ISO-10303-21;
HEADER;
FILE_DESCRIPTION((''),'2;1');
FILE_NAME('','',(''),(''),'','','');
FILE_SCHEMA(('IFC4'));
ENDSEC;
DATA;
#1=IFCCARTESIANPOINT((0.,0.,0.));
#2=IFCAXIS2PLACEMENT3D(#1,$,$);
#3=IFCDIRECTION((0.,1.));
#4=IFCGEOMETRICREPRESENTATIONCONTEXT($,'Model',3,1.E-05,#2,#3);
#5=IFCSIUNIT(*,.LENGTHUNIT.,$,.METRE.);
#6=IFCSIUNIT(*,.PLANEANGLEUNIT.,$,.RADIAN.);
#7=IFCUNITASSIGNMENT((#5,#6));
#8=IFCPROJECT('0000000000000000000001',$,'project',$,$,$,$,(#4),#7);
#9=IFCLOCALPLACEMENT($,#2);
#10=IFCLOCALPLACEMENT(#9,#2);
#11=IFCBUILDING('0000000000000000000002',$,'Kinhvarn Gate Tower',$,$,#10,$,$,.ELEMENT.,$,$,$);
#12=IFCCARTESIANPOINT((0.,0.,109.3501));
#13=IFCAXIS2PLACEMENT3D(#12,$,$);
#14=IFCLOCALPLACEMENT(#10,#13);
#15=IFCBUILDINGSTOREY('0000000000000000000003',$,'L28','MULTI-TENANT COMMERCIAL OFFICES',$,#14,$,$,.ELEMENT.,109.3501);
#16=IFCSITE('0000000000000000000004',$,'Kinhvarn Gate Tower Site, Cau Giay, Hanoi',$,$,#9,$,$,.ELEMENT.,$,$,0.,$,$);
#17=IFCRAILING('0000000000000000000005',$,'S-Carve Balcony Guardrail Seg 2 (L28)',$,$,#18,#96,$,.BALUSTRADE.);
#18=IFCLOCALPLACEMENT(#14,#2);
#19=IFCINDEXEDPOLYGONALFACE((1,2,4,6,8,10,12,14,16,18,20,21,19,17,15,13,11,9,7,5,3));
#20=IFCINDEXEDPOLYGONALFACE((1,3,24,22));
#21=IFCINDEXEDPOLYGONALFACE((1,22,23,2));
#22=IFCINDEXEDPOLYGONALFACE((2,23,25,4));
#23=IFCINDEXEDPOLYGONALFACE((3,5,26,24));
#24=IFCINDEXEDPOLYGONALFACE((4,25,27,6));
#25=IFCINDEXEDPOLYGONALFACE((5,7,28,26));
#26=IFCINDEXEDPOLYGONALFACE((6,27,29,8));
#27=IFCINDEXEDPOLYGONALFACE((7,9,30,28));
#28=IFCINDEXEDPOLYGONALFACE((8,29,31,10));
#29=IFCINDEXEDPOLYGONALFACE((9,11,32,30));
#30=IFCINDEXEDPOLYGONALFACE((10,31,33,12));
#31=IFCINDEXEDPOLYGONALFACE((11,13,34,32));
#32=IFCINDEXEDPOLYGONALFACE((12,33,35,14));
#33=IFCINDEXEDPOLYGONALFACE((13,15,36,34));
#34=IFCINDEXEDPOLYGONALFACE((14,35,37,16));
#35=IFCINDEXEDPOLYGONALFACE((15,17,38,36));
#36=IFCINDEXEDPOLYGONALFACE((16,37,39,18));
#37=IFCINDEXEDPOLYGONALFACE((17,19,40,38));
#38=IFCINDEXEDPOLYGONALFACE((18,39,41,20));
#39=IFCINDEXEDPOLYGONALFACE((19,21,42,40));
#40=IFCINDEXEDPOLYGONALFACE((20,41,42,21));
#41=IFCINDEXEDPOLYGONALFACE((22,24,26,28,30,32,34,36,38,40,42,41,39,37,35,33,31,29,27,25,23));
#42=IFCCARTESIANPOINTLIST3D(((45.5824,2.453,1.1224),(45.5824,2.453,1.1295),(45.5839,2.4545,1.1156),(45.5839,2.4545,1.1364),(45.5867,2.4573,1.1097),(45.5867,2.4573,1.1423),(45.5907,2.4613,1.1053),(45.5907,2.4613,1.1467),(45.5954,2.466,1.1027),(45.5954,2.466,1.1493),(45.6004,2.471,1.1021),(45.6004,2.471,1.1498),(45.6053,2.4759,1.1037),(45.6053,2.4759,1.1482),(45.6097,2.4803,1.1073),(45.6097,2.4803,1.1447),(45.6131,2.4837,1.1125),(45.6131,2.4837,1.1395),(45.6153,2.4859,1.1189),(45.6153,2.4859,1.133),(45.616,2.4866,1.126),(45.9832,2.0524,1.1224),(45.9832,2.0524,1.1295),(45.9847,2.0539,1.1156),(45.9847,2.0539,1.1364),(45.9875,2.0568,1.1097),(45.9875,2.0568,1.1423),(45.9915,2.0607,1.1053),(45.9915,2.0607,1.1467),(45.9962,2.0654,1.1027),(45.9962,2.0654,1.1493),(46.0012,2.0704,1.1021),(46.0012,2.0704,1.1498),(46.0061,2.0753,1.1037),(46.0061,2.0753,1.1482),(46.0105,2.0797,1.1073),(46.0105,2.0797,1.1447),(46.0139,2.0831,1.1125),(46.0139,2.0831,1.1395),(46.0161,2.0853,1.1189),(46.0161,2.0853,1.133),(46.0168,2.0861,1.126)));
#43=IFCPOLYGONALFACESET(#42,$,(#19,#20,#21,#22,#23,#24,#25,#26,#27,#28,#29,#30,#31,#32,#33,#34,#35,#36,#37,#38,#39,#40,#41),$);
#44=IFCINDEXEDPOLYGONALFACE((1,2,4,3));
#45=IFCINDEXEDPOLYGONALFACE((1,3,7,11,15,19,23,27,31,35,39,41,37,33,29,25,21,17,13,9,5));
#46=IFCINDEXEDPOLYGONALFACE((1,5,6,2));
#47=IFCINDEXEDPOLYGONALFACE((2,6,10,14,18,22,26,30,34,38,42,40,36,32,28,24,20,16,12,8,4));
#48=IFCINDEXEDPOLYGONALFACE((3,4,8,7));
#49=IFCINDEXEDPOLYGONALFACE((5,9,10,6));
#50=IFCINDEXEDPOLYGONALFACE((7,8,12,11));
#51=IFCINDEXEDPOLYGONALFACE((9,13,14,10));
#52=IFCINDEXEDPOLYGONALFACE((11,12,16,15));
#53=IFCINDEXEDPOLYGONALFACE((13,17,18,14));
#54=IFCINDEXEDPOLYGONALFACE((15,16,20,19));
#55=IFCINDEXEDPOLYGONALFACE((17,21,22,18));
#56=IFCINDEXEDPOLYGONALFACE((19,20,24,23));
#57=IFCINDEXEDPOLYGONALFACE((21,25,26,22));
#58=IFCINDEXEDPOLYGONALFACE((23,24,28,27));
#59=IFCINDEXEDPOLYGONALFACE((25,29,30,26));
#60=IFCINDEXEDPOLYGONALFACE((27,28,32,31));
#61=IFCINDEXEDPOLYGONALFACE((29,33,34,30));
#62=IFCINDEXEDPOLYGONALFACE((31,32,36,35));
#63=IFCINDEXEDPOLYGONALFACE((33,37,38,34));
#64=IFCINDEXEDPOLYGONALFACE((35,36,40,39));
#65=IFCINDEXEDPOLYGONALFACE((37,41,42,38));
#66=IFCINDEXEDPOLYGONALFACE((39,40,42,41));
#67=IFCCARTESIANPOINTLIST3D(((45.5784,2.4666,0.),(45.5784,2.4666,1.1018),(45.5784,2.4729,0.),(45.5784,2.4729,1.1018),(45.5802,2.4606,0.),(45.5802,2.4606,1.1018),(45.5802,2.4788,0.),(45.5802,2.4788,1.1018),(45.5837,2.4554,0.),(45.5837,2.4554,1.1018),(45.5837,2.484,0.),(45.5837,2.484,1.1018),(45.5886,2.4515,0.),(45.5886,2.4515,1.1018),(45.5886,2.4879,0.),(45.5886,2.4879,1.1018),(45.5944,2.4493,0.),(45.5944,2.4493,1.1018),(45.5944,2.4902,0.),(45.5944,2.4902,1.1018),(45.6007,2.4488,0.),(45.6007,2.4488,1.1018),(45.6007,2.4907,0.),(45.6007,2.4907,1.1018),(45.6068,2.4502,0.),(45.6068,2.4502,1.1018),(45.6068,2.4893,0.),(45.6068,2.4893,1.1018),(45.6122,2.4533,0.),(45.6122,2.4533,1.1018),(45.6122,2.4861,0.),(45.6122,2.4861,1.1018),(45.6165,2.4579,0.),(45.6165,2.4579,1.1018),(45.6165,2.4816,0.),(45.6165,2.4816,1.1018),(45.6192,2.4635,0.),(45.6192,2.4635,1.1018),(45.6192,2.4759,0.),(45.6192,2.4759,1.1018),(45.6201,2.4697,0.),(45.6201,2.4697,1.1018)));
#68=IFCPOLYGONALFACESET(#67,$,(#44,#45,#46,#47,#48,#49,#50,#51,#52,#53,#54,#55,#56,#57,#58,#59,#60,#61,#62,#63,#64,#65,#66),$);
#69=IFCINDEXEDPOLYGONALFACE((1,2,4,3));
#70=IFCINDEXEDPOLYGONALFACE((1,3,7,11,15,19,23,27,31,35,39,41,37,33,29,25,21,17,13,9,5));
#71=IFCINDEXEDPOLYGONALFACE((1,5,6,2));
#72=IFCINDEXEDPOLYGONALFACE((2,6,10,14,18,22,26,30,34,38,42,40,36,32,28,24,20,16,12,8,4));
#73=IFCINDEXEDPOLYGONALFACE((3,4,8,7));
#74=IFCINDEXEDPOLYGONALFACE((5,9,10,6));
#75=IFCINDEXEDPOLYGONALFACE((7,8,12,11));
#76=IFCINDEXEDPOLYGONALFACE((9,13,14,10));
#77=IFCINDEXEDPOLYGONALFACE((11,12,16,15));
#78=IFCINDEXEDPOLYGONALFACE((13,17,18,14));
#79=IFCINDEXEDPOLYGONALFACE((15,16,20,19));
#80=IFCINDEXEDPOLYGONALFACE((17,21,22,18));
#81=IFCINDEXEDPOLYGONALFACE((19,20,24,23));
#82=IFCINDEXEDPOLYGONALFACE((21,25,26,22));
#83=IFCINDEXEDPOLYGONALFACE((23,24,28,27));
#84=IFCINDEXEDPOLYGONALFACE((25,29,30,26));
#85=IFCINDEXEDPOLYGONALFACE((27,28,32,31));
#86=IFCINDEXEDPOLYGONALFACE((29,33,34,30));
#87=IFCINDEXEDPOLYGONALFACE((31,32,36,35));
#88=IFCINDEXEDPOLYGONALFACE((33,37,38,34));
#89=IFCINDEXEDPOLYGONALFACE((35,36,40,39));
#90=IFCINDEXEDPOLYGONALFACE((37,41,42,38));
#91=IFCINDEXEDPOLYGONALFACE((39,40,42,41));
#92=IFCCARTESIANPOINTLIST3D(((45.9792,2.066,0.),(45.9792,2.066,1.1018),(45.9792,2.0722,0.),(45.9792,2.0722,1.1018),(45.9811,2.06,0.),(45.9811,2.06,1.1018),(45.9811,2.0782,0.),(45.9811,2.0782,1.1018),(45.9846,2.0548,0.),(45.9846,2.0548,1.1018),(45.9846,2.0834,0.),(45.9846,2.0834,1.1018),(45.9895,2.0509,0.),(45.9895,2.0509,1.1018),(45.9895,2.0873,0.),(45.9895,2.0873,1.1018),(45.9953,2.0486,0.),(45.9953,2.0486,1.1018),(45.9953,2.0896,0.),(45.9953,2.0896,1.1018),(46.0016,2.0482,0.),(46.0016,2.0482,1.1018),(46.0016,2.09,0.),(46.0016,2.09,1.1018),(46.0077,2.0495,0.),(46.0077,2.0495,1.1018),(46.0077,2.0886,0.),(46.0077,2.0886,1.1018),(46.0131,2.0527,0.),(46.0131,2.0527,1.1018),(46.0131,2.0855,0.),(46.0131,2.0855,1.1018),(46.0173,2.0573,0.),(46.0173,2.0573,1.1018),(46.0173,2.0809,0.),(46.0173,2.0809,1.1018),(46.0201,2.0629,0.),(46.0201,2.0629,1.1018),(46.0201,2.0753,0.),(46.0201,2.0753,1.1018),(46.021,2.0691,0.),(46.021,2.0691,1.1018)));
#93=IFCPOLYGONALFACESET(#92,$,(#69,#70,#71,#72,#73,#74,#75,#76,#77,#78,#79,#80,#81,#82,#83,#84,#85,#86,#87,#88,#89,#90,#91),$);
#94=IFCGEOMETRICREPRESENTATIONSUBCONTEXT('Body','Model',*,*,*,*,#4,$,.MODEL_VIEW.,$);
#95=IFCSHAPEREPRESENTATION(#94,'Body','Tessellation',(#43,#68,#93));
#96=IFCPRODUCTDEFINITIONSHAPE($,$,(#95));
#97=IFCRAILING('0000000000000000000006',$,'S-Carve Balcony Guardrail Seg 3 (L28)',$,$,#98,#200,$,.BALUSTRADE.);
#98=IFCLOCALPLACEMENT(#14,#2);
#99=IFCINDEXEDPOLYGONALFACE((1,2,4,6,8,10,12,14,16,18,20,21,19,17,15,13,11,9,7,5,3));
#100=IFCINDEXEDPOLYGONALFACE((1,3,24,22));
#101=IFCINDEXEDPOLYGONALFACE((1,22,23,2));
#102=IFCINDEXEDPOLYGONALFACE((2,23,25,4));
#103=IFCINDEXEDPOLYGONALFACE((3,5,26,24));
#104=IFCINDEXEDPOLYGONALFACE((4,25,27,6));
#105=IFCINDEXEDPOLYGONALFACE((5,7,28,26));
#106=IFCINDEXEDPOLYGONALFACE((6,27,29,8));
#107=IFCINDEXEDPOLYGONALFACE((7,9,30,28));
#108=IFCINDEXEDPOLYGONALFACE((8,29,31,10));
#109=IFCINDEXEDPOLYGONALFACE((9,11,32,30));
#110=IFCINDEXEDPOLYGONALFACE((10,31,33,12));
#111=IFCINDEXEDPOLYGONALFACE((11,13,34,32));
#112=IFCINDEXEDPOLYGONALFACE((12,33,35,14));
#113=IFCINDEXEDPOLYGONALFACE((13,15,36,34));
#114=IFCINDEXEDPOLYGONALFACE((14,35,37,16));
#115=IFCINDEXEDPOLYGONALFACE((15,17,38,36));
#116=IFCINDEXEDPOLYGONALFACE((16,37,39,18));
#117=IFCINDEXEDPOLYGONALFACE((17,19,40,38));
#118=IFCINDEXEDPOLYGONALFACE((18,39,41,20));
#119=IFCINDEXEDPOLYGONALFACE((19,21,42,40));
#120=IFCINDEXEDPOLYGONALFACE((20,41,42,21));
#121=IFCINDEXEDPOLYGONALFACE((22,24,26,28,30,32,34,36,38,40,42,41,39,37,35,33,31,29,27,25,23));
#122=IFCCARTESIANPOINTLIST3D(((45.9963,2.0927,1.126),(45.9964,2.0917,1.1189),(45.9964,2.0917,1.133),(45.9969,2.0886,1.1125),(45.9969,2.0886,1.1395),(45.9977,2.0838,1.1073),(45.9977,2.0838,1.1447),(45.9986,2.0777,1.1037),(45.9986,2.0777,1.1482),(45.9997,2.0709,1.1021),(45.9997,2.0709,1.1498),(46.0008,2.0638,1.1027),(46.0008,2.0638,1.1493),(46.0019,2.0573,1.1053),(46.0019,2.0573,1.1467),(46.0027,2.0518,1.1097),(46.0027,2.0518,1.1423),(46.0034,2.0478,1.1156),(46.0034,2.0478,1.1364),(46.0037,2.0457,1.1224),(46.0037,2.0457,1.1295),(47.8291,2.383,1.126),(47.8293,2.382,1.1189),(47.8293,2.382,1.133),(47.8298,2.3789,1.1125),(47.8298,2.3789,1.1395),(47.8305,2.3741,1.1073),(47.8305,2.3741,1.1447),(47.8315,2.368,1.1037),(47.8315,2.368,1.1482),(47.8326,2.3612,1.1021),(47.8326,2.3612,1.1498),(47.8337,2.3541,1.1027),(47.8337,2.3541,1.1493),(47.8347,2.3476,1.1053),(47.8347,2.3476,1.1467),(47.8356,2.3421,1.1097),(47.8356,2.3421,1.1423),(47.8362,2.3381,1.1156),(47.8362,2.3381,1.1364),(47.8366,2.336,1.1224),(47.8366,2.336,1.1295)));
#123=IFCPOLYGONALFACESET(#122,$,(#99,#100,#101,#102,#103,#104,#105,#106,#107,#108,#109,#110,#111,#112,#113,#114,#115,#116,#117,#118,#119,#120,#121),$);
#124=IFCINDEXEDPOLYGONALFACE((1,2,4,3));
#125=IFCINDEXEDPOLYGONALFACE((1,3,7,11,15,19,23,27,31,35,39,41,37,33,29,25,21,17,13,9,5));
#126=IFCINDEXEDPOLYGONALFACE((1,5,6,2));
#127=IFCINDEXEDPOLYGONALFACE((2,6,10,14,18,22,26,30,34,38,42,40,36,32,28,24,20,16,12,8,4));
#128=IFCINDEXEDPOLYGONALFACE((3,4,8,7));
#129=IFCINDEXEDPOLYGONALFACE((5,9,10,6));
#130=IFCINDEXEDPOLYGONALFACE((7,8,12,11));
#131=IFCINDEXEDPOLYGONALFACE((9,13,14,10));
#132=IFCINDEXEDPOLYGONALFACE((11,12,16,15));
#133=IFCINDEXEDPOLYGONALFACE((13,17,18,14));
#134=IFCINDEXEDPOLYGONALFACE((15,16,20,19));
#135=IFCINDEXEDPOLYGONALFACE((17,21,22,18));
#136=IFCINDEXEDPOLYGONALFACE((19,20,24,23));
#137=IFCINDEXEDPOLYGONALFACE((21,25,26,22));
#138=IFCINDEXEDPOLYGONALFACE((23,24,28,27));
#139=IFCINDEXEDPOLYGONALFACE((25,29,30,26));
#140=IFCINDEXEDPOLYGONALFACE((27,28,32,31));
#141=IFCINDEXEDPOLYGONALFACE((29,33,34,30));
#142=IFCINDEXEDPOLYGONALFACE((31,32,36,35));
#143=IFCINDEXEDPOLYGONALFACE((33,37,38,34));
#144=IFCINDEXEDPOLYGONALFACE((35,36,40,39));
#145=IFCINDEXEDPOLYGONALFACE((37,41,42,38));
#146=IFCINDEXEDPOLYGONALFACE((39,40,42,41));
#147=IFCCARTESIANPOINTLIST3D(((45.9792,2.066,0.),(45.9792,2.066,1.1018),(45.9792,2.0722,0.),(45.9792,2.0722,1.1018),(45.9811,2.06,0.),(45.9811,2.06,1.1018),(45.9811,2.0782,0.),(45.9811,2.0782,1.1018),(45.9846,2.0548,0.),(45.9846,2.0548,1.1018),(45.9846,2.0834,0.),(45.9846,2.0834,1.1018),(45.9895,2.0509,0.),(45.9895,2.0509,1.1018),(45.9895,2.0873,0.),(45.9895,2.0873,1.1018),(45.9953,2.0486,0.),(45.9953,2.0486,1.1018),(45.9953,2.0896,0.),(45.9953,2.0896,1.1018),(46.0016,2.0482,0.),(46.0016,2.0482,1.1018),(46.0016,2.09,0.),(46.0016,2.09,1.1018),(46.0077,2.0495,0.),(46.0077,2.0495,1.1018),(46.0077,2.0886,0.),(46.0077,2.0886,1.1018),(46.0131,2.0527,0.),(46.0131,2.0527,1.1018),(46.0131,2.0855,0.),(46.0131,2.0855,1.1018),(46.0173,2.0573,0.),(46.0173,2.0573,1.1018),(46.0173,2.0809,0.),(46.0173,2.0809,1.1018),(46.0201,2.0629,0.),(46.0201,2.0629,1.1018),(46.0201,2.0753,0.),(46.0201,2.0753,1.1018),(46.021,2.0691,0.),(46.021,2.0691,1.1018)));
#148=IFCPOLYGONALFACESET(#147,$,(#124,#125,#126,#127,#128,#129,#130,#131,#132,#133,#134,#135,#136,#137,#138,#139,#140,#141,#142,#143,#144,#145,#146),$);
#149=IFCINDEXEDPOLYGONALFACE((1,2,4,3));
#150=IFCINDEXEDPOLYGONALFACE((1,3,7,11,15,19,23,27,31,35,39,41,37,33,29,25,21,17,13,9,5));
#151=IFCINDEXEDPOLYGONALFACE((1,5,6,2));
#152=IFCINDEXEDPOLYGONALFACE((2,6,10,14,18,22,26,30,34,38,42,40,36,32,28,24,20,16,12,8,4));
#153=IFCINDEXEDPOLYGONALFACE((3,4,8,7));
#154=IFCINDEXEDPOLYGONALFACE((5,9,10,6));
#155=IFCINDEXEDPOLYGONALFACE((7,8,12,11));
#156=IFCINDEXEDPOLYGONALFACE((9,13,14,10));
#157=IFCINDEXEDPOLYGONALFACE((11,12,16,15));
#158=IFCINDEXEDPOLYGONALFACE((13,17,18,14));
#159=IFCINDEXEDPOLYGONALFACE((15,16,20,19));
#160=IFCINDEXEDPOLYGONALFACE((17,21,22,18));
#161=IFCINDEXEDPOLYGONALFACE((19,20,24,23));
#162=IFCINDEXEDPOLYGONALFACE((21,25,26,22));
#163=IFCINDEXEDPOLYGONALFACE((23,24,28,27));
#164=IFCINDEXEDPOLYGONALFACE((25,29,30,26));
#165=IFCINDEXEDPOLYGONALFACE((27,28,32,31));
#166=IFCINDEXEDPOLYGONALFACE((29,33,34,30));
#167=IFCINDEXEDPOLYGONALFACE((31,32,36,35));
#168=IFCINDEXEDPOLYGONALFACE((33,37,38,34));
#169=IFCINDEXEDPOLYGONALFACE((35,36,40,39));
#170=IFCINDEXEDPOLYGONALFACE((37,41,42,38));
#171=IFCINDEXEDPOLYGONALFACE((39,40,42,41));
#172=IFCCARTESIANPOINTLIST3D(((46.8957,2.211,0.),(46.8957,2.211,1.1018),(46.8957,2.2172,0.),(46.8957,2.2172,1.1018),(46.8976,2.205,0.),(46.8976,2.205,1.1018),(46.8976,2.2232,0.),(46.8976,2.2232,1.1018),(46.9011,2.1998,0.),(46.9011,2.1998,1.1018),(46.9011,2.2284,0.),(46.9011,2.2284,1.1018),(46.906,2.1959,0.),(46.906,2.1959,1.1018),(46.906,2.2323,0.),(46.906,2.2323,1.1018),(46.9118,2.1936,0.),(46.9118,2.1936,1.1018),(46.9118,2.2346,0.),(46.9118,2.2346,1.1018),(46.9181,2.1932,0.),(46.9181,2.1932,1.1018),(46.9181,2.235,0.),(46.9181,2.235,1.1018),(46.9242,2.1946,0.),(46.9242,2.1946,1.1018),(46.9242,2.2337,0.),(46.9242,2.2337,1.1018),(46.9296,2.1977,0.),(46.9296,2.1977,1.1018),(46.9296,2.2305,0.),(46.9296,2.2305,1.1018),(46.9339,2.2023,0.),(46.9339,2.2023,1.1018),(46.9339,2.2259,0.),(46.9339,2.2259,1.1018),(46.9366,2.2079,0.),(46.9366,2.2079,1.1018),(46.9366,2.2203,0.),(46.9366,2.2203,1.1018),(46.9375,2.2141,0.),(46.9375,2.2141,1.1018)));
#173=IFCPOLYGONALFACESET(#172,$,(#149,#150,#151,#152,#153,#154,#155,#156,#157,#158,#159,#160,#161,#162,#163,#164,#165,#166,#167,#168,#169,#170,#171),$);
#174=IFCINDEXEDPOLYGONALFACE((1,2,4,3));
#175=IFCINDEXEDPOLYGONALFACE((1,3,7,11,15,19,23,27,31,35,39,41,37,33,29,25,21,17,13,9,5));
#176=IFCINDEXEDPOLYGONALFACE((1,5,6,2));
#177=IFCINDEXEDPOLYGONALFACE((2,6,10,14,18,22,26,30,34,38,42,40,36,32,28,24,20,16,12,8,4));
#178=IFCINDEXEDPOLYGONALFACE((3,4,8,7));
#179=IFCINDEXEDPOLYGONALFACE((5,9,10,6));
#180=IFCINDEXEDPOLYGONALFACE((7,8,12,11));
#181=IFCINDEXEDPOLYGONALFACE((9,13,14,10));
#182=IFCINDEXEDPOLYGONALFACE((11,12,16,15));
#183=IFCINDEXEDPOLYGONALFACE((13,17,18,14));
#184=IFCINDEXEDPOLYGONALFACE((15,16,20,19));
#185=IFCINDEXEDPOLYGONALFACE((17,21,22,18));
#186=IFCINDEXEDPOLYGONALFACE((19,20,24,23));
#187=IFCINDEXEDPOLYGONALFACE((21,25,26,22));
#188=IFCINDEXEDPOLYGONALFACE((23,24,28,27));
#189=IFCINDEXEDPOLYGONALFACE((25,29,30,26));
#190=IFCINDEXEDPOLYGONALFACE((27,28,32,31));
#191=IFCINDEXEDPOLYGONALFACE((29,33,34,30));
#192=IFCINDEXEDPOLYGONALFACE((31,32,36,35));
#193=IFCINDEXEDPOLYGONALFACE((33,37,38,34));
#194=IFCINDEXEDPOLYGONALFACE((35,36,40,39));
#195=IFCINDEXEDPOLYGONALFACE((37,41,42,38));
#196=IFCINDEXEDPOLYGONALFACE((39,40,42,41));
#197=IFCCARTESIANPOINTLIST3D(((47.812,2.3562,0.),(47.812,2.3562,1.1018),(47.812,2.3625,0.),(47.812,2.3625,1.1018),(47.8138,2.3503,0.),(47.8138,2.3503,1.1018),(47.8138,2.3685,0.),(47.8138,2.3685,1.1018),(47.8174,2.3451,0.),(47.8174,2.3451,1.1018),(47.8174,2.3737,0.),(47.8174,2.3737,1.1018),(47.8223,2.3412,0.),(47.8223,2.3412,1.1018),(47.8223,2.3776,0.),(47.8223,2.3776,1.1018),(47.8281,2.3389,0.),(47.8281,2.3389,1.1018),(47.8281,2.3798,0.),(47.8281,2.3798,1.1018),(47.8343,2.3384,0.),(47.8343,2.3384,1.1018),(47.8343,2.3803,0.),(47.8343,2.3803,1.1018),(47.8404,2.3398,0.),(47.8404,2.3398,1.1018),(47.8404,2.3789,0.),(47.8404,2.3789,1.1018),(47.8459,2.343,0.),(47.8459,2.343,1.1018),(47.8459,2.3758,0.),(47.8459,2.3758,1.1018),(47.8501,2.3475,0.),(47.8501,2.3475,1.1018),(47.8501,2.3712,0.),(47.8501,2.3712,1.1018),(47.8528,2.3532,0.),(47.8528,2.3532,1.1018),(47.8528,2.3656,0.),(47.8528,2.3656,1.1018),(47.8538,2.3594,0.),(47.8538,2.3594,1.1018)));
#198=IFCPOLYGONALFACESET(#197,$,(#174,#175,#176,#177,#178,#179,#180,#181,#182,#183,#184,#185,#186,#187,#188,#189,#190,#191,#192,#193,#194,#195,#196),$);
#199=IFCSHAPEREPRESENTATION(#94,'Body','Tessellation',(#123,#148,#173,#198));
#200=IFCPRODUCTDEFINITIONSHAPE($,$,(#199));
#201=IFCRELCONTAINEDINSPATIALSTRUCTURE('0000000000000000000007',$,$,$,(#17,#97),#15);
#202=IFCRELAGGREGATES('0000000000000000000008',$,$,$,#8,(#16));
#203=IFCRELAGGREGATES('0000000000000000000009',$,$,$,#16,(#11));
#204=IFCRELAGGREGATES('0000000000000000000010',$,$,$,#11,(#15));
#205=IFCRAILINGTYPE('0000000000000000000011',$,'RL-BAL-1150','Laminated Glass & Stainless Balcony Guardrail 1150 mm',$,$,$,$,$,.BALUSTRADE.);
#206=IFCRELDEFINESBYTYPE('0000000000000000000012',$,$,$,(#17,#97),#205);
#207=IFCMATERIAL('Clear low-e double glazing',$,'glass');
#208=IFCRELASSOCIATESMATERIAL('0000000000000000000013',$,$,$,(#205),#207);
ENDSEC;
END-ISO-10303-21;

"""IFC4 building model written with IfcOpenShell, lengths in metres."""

from ifc_helpers import new_model, si_unit, direction, frame, origin, origin_2d, place, context, subcontext, project, spatial, circle, extrude, material, type_object, element, save


model = new_model("IFC4")

# Units and contexts
model_context = context("Model", 3, precision=1e-05, world=origin(), true_north=direction((0.0, 1.0)))
body_context = subcontext(model_context, "Body", "Model", "MODEL_VIEW")
ifc_project = project(units=[si_unit("LENGTHUNIT", "METRE"), si_unit("PLANEANGLEUNIT", "RADIAN")], contexts=[model_context])

# Site, building, storey
site_placement = place(None, origin())
site = spatial("IfcSite", under=ifc_project, at=site_placement, Name="Kinhvarn Gate Tower Site, Cau Giay, Hanoi", CompositionType="ELEMENT", RefElevation=0.0)
building_placement = place(site_placement, origin())
building = spatial("IfcBuilding", under=site, at=building_placement, Name="Kinhvarn Gate Tower", CompositionType="ELEMENT")
storey_placement = place(building_placement, frame((0.0, 0.0, 109.3501)))
storey = spatial("IfcBuildingStorey", under=building, at=storey_placement, Name="L28", Description="MULTI-TENANT COMMERCIAL OFFICES", CompositionType="ELEMENT", Elevation=109.3501)

# Shared definitions
ifc_material_1 = material(Name="Clear low-e double glazing", Category="glass")

# Railings
railing_type = type_object("IfcRailingType", Name="RL-BAL-1150", Description="Laminated Glass & Stainless Balcony Guardrail 1150 mm", PredefinedType="BALUSTRADE", material=ifc_material_1)
railing_1_placement = place(storey_placement, frame((45.5991, 2.4697, 0.0)))
element("IfcRailing", 1, at=railing_1_placement, inside=storey, type_object=railing_type, Name="S-Carve Balcony Guardrail Seg 2 (L28)", PredefinedType="BALUSTRADE", context=body_context, shape_type="SweptSolid", body=[
    extrude(circle(Radius=0.0239, at=origin_2d()), frame((0.0, 0.0, 1.126), z_axis=(0.707322, -0.706891, 0.0), x_axis=(0.706891, 0.707322, 0.0)), (0.0, 0.0, 1.0), 0.5667),
    extrude(circle(Radius=0.021, at=origin_2d()), origin(), (0.0, 0.0, 1.0), 1.1018),
    extrude(circle(Radius=0.021, at=origin_2d()), frame((0.4009, -0.4006, 0.0)), (0.0, 0.0, 1.0), 1.1018),
])
railing_2_placement = place(storey_placement, frame((46.0, 2.0691, 0.0)))
element("IfcRailing", 2, at=railing_2_placement, inside=storey, type_object=railing_type, Name="S-Carve Balcony Guardrail Seg 3 (L28)", PredefinedType="BALUSTRADE", context=body_context, shape_type="SweptSolid", body=[
    extrude(circle(Radius=0.0239, at=origin_2d()), frame((0.0, 0.0, 1.126), z_axis=(0.987688, 0.156435, 0.0), x_axis=(-0.156435, 0.987688, 0.0)), (0.0, 0.0, 1.0), 1.8557),
    extrude(circle(Radius=0.021, at=origin_2d()), origin(), (0.0, 0.0, 1.0), 1.1018),
    extrude(circle(Radius=0.021, at=origin_2d()), frame((0.9165, 0.145, 0.0)), (0.0, 0.0, 1.0), 1.1018),
    extrude(circle(Radius=0.021, at=origin_2d()), frame((1.8328, 0.2903, 0.0)), (0.0, 0.0, 1.0), 1.1018),
])

save(model, "model.ifc")
